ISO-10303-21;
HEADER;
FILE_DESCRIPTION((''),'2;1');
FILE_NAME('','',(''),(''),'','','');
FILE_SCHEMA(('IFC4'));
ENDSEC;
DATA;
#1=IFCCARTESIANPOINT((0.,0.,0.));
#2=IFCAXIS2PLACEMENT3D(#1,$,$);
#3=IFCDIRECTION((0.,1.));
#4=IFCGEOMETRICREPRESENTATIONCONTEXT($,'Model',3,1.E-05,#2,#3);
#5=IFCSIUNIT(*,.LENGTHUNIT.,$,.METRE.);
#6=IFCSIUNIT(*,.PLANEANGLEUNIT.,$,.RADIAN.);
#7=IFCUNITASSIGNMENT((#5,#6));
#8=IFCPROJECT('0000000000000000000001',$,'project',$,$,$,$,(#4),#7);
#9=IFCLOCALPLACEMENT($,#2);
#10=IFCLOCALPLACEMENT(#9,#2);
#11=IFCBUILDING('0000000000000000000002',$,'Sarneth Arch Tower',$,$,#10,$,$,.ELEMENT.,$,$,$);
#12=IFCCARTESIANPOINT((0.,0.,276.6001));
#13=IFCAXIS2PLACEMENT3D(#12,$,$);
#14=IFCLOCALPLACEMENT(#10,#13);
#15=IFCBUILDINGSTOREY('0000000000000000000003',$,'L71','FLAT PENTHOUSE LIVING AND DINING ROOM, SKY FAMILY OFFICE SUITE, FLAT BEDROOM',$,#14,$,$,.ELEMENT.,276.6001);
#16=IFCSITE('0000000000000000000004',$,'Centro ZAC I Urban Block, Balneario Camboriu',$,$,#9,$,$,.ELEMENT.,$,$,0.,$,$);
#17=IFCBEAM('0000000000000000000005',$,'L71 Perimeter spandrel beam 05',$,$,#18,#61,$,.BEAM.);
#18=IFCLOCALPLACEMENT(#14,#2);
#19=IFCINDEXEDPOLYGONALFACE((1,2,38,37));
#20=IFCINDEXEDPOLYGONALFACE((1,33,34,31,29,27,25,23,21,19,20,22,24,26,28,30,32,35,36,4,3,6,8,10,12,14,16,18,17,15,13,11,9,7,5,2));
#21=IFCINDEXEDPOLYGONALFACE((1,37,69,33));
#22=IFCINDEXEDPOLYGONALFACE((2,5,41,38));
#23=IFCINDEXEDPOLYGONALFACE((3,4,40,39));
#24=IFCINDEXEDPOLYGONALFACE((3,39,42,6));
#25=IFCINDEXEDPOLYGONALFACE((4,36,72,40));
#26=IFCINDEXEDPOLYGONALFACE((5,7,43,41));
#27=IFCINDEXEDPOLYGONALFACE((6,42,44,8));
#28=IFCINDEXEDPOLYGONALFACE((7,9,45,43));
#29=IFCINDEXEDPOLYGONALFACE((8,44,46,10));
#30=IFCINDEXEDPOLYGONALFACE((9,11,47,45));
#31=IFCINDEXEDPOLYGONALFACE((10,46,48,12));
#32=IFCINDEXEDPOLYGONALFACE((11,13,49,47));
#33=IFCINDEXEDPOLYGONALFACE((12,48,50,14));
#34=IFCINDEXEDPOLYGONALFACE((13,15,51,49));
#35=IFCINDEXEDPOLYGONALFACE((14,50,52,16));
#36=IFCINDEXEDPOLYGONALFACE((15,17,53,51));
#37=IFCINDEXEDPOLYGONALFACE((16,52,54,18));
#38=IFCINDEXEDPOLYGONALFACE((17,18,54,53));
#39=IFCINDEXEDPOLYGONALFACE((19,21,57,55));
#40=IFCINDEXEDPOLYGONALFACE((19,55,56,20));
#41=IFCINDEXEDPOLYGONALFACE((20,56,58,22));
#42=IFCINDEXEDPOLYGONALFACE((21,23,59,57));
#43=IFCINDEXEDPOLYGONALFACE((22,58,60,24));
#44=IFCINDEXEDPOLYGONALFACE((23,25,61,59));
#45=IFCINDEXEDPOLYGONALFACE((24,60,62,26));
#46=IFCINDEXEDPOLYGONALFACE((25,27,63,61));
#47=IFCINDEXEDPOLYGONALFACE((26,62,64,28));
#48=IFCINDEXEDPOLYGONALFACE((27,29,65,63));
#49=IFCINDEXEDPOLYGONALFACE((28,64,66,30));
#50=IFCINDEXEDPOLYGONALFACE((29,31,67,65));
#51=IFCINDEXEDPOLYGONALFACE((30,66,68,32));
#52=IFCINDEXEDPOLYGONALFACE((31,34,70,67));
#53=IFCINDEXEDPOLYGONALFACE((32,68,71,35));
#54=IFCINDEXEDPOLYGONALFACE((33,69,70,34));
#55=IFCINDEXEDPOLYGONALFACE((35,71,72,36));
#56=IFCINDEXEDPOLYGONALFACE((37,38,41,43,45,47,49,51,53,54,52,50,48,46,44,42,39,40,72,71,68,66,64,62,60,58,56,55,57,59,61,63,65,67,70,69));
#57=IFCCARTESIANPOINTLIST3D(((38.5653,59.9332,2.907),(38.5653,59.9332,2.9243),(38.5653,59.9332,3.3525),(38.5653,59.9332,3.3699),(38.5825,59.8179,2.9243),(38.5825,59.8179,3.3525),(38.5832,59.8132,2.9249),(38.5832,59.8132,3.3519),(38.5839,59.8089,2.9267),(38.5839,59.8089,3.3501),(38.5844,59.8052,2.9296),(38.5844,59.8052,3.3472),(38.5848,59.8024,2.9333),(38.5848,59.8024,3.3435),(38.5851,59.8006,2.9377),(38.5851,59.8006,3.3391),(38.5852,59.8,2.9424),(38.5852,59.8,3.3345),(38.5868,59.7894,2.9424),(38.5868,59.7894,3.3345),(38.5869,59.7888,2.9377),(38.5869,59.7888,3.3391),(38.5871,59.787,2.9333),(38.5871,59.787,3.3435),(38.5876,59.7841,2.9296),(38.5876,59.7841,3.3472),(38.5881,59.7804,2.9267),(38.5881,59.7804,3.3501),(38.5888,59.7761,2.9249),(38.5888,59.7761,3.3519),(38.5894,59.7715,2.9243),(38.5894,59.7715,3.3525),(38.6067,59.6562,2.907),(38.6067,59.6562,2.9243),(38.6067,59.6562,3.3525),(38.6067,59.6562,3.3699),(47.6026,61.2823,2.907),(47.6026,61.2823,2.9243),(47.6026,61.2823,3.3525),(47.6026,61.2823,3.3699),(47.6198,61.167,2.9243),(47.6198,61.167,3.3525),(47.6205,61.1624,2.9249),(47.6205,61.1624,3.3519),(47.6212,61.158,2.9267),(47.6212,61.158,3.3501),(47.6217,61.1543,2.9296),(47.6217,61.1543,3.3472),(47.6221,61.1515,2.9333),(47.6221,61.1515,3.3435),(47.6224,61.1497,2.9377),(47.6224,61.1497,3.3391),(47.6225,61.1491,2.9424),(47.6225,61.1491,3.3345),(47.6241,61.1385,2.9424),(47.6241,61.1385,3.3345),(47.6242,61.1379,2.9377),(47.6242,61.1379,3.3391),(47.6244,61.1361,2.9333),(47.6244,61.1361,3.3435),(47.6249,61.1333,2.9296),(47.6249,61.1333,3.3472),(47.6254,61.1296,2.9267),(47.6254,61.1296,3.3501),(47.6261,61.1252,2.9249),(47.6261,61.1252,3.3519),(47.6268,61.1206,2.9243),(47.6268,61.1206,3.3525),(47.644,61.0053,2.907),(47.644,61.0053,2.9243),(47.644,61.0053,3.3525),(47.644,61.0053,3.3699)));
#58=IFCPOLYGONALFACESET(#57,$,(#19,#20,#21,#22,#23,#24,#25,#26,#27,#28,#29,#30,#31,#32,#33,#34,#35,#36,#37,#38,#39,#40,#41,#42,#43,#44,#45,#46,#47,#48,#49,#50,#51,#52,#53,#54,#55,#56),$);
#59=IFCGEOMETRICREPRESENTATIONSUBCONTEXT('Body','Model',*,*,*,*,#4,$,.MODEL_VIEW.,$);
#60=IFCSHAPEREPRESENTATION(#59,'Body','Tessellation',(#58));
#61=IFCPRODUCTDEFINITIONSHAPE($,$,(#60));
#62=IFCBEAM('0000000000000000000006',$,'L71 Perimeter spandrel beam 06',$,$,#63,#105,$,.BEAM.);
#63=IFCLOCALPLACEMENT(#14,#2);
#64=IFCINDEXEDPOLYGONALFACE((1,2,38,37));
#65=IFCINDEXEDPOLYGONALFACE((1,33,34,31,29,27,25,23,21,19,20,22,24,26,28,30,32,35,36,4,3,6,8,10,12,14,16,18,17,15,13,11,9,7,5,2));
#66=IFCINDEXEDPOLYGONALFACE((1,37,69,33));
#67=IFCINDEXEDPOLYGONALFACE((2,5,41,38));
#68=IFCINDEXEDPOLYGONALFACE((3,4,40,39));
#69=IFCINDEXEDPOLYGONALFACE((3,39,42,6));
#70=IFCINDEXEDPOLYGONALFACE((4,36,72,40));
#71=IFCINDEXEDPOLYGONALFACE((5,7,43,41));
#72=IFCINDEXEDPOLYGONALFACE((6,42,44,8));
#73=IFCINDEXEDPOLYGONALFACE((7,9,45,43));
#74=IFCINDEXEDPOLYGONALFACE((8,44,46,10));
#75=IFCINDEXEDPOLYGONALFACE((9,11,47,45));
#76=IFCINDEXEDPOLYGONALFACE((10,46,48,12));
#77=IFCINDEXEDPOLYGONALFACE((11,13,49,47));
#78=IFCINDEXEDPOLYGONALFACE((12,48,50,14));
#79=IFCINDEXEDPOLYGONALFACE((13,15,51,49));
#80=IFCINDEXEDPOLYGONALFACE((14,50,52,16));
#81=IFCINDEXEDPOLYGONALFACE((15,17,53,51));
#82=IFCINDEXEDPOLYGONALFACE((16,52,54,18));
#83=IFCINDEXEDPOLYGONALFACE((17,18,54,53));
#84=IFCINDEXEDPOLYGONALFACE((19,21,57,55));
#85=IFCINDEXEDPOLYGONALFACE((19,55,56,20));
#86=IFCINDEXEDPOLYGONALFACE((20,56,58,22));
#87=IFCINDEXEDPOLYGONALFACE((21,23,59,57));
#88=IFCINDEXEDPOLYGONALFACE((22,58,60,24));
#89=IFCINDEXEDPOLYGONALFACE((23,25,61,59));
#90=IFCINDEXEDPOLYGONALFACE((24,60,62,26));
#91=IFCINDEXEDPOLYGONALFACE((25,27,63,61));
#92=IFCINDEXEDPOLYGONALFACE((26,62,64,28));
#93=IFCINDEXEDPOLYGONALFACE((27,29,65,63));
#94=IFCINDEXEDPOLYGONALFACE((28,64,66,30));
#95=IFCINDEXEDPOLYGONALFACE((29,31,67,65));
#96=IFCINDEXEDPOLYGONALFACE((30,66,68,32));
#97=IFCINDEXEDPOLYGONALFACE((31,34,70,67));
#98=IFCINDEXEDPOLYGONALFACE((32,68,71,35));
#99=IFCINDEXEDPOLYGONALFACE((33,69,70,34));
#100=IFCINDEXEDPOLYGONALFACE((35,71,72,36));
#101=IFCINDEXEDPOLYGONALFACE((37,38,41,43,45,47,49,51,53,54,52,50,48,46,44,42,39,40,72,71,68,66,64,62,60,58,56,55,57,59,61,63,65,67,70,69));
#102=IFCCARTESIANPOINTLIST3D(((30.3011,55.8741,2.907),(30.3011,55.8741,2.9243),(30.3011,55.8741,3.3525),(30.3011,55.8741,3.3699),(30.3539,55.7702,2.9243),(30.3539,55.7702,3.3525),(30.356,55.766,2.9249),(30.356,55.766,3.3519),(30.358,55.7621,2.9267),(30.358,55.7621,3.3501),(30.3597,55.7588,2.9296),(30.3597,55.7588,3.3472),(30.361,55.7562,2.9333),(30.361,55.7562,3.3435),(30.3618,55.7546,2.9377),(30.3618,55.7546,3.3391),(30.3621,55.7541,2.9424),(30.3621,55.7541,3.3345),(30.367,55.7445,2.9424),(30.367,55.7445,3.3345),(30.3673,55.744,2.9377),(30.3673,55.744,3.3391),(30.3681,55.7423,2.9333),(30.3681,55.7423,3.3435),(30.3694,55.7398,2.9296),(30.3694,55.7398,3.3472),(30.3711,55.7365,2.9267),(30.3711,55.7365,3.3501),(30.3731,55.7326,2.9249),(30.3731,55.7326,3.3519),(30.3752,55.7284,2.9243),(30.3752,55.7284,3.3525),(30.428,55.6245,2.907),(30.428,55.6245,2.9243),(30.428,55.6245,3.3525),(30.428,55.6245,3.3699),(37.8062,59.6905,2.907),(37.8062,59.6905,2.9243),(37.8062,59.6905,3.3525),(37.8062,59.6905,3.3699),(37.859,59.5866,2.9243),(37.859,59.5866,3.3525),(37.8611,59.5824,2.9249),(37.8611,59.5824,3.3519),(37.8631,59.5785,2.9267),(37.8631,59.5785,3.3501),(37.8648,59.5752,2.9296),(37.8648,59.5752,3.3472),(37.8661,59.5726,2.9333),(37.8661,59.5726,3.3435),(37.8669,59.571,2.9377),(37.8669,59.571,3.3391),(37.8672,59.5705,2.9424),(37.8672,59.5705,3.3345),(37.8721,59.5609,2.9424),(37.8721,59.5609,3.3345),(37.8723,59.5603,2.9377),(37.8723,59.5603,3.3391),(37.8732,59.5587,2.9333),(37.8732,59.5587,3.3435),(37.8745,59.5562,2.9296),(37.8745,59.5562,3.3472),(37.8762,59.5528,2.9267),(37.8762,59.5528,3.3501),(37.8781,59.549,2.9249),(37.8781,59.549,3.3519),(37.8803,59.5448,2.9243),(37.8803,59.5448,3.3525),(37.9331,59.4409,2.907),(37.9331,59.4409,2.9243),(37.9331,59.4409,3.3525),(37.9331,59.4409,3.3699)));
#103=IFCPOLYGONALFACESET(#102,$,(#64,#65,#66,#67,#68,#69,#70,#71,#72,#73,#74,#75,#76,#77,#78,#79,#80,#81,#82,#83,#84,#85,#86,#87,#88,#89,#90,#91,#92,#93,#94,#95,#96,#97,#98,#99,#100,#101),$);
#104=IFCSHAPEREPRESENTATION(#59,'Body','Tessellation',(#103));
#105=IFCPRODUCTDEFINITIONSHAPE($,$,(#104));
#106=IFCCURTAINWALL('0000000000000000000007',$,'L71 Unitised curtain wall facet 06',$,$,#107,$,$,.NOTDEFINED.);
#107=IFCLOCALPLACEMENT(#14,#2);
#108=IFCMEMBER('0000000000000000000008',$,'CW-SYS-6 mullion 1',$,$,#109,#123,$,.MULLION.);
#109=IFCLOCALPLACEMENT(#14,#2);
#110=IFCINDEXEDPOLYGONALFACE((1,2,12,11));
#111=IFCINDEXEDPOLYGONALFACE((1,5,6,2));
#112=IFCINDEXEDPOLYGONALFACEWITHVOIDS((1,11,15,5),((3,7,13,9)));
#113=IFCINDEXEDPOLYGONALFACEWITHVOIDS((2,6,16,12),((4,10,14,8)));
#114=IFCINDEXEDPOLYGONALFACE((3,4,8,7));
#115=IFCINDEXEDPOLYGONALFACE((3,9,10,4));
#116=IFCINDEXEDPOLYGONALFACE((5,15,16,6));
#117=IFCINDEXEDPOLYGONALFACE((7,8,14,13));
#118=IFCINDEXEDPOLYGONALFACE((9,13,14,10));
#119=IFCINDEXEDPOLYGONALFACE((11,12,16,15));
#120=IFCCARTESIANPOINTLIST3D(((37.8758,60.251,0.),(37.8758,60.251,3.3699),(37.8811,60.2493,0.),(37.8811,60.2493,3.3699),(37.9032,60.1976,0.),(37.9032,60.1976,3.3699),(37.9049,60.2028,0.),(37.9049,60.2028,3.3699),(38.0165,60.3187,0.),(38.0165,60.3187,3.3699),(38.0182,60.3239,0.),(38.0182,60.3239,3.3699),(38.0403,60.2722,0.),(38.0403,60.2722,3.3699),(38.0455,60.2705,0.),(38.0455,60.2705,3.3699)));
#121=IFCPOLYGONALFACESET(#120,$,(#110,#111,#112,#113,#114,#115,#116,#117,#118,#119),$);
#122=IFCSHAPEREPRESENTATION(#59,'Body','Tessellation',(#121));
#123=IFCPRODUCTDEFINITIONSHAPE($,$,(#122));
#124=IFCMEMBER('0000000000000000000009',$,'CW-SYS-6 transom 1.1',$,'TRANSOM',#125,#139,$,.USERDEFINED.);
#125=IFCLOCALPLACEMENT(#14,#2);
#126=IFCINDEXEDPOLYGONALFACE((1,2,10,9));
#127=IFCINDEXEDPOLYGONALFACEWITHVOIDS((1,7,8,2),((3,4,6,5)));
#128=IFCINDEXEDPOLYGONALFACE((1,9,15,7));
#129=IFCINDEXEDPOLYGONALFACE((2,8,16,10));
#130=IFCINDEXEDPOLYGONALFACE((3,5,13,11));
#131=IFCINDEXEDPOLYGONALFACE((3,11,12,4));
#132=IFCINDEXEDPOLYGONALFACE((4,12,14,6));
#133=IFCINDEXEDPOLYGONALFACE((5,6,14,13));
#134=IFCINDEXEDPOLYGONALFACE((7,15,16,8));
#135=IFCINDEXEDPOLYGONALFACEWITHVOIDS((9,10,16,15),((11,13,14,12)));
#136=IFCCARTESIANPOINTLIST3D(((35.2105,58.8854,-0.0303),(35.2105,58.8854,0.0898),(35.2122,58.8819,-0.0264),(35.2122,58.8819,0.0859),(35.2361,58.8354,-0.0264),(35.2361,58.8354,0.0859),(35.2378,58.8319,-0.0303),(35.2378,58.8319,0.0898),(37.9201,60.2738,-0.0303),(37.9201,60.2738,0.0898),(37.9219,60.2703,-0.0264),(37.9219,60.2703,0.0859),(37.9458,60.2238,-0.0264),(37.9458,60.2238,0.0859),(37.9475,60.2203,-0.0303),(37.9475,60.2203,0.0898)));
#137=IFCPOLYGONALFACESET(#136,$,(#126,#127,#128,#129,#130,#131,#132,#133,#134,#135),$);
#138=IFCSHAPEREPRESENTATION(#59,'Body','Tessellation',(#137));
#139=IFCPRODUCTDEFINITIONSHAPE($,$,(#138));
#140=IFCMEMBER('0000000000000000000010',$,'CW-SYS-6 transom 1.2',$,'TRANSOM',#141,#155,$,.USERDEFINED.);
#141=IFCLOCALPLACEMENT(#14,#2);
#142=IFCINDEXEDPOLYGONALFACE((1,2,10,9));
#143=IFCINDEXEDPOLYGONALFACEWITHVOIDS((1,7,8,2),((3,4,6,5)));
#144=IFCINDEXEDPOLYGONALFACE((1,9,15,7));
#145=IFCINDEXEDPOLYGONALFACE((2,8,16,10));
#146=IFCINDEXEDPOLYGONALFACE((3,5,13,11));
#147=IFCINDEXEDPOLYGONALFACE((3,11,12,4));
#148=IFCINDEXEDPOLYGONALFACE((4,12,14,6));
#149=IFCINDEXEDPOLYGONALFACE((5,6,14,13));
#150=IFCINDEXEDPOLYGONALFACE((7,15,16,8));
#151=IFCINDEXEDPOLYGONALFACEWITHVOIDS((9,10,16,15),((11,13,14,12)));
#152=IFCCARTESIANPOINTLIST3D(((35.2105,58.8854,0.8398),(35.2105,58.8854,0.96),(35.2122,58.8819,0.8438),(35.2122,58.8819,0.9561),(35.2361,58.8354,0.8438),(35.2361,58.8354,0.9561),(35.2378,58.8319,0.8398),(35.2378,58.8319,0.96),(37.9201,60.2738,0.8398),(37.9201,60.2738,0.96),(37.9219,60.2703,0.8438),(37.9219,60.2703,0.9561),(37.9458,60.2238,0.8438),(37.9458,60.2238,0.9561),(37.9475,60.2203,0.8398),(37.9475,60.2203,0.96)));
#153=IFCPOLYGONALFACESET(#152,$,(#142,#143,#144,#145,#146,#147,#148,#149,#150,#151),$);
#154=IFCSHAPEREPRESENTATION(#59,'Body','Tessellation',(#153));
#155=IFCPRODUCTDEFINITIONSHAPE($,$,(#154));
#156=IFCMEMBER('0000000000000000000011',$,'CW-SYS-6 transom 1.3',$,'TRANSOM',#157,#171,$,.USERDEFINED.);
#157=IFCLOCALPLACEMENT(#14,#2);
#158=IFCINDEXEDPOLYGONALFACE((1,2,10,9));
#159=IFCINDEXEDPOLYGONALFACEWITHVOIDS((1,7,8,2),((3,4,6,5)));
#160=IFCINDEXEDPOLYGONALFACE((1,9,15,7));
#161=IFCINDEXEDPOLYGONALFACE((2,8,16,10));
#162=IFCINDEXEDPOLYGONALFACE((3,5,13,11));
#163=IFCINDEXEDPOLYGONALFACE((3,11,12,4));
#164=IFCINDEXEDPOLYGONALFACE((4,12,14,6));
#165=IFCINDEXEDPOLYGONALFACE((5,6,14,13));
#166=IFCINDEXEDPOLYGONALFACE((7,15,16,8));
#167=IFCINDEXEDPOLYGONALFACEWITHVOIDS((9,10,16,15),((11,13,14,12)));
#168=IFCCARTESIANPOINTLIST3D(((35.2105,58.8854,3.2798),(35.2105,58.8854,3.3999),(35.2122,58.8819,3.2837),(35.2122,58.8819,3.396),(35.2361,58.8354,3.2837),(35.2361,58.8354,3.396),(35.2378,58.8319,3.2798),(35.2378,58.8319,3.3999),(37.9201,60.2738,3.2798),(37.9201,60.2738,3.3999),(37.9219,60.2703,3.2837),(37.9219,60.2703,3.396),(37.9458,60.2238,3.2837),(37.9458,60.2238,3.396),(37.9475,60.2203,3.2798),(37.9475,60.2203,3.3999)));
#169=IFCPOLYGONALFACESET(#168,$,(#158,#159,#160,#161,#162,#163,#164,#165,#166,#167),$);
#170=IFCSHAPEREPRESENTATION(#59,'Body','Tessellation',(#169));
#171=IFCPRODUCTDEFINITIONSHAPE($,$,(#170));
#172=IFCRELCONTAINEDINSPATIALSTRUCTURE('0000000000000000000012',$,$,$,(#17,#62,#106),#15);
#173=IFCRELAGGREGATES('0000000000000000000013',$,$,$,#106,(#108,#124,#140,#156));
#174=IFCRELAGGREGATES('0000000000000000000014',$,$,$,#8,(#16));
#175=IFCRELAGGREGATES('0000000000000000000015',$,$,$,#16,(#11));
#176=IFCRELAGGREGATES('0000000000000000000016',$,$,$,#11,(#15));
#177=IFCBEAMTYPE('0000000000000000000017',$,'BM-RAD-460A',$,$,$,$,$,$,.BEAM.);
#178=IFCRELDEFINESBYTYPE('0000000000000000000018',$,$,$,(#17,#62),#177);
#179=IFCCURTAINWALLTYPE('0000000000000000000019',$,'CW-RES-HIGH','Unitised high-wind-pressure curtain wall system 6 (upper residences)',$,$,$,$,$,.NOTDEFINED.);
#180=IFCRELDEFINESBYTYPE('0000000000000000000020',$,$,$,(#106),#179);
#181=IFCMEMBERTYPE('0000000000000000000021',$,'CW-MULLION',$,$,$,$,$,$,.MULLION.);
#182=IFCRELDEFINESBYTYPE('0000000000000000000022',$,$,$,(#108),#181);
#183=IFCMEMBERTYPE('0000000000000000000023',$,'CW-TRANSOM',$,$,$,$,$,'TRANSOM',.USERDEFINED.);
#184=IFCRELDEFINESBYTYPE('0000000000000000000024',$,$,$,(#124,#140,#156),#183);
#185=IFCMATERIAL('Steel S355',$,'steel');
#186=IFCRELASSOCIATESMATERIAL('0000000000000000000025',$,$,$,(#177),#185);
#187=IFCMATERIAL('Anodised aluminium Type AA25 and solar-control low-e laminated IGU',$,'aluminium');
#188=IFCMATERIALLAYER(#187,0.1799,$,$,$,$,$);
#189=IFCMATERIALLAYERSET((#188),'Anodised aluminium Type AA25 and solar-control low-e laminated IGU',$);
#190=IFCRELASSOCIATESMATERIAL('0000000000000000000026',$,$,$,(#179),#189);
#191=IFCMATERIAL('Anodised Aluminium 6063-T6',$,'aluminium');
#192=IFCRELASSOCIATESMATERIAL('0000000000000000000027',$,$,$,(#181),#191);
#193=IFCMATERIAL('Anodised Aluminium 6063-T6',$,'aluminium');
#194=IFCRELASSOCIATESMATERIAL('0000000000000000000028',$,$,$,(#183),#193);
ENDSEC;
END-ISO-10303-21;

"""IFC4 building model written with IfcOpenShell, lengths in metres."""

from ifc_helpers import new_model, si_unit, direction, frame, origin, origin_2d, place, context, subcontext, project, spatial, hollow_rectangle, i_section, extrude, material, layer, layer_set, material_profile, profile_set, type_object, element, aggregate, save


model = new_model("IFC4")

# Units and contexts
model_context = context("Model", 3, precision=1e-05, world=origin(), true_north=direction((0.0, 1.0)))
body_context = subcontext(model_context, "Body", "Model", "MODEL_VIEW")
ifc_project = project(units=[si_unit("LENGTHUNIT", "METRE"), si_unit("PLANEANGLEUNIT", "RADIAN")], contexts=[model_context])

# Site, building, storey
site_placement = place(None, origin())
site = spatial("IfcSite", under=ifc_project, at=site_placement, Name="Centro ZAC I Urban Block, Balneario Camboriu", CompositionType="ELEMENT", RefElevation=0.0)
building_placement = place(site_placement, origin())
building = spatial("IfcBuilding", under=site, at=building_placement, Name="Sarneth Arch Tower", CompositionType="ELEMENT")
storey_placement = place(building_placement, frame((0.0, 0.0, 276.6001)))
storey = spatial("IfcBuildingStorey", under=building, at=storey_placement, Name="L71", Description="FLAT PENTHOUSE LIVING AND DINING ROOM, SKY FAMILY OFFICE SUITE, FLAT BEDROOM", CompositionType="ELEMENT", Elevation=276.6001)

# Beams
ifc_material_1 = material(Name="Steel S355", Category="steel")
ifc_material_profile_1 = material_profile(ifc_material_1, i_section(OverallWidth=0.28, OverallDepth=0.4629, WebThickness=0.0107, FlangeThickness=0.0173, FilletRadius=0.0181, at=origin_2d()), Name="W460x113")
ifc_profile_set_1 = profile_set([ifc_material_profile_1], Name="Steel S355")
beam_type_1 = type_object("IfcBeamType", Name="BM-RAD-460A", PredefinedType="BEAM", material=ifc_profile_set_1)
beam_1_placement = place(storey_placement, frame((47.6233, 61.1438, 3.1384), z_axis=(-0.98904, -0.147647, 0.0), x_axis=(0.147647, -0.98904, 0.0)))
element("IfcBeam", 1, at=beam_1_placement, inside=storey, type_object=beam_type_1, Name="L71 Perimeter spandrel beam 05", PredefinedType="BEAM", context=body_context, shape_type="SweptSolid", body=[
    extrude(i_section(OverallWidth=0.28, OverallDepth=0.4629, WebThickness=0.0107, FlangeThickness=0.0173, FilletRadius=0.0181, at=origin_2d()), origin(), (0.0, 0.0, 1.0), 9.1375),
])
beam_2_placement = place(storey_placement, frame((37.8696, 59.5657, 3.1384), z_axis=(-0.891374, -0.453269, 0.0), x_axis=(0.453269, -0.891374, 0.0)))
element("IfcBeam", 2, at=beam_2_placement, inside=storey, type_object=beam_type_1, Name="L71 Perimeter spandrel beam 06", PredefinedType="BEAM", context=body_context, shape_type="SweptSolid", body=[
    extrude(i_section(OverallWidth=0.28, OverallDepth=0.4629, WebThickness=0.0107, FlangeThickness=0.0173, FilletRadius=0.0181, at=origin_2d()), origin(), (0.0, 0.0, 1.0), 8.4197),
])

# Curtain wall, members
ifc_material_2 = material(Name="Anodised aluminium Type AA25 and solar-control low-e laminated IGU", Category="aluminium")
ifc_layer_1 = layer(ifc_material_2, 0.1799)
ifc_layer_set_1 = layer_set([ifc_layer_1], Name="Anodised aluminium Type AA25 and solar-control low-e laminated IGU")
curtain_wall_type = type_object("IfcCurtainWallType", Name="CW-RES-HIGH", Description="Unitised high-wind-pressure curtain wall system 6 (upper residences)", PredefinedType="NOTDEFINED", material=ifc_layer_set_1)
curtain_wall_placement = place(storey_placement, origin())
curtain_wall = element("IfcCurtainWall", 3, at=curtain_wall_placement, inside=storey, type_object=curtain_wall_type, Name="L71 Unitised curtain wall facet 06", PredefinedType="NOTDEFINED")
ifc_material_3 = material(Name="Anodised Aluminium 6063-T6", Category="aluminium")
ifc_material_profile_2 = material_profile(ifc_material_3, hollow_rectangle(XDim=0.0601, YDim=0.1599, WallThickness=0.0039, at=origin_2d()), Name="AL-MULL-160x60x4")
ifc_profile_set_2 = profile_set([ifc_material_profile_2], Name="Anodised Aluminium 6063-T6")
member_type_1 = type_object("IfcMemberType", Name="CW-MULLION", PredefinedType="MULLION", material=ifc_profile_set_2)
member_1_placement = place(storey_placement, frame((37.9607, 60.2607, 0.0), z_axis=(0.0, 0.0, 1.0), x_axis=(0.455942, -0.89001, 0.0)))
member_1 = element("IfcMember", 4, at=member_1_placement, type_object=member_type_1, Name="CW-SYS-6 mullion 1", PredefinedType="MULLION", context=body_context, shape_type="SweptSolid", body=[
    extrude(hollow_rectangle(XDim=0.0601, YDim=0.1599, WallThickness=0.0039, at=origin_2d()), origin(), (0.0, 0.0, 1.0), 3.3699),
])
ifc_material_4 = material(Name="Anodised Aluminium 6063-T6", Category="aluminium")
ifc_material_profile_3 = material_profile(ifc_material_4, hollow_rectangle(XDim=0.0601, YDim=0.1201, WallThickness=0.0039, at=origin_2d()), Name="AL-TRAN-120x60x4")
ifc_profile_set_3 = profile_set([ifc_material_profile_3], Name="Anodised Aluminium 6063-T6")
member_type_2 = type_object("IfcMemberType", Name="CW-TRANSOM", ElementType="TRANSOM", PredefinedType="USERDEFINED", material=ifc_profile_set_3)
member_2_placement = place(storey_placement, frame((37.9338, 60.2471, 0.0298), z_axis=(-0.889974, -0.456012, 0.0), x_axis=(0.456012, -0.889974, 0.0)))
member_2 = element("IfcMember", 5, at=member_2_placement, type_object=member_type_2, Name="CW-SYS-6 transom 1.1", ObjectType="TRANSOM", PredefinedType="USERDEFINED", context=body_context, shape_type="SweptSolid", body=[
    extrude(hollow_rectangle(XDim=0.0601, YDim=0.1201, WallThickness=0.0039, at=origin_2d()), origin(), (0.0, 0.0, 1.0), 3.0447),
])
member_3_placement = place(storey_placement, frame((37.9338, 60.2471, 0.8999), z_axis=(-0.889974, -0.456012, 0.0), x_axis=(0.456012, -0.889974, 0.0)))
member_3 = element("IfcMember", 6, at=member_3_placement, type_object=member_type_2, Name="CW-SYS-6 transom 1.2", ObjectType="TRANSOM", PredefinedType="USERDEFINED", context=body_context, shape_type="SweptSolid", body=[
    extrude(hollow_rectangle(XDim=0.0601, YDim=0.1201, WallThickness=0.0039, at=origin_2d()), origin(), (0.0, 0.0, 1.0), 3.0447),
])
member_4_placement = place(storey_placement, frame((37.9338, 60.2471, 3.3398), z_axis=(-0.889974, -0.456012, 0.0), x_axis=(0.456012, -0.889974, 0.0)))
member_4 = element("IfcMember", 7, at=member_4_placement, type_object=member_type_2, Name="CW-SYS-6 transom 1.3", ObjectType="TRANSOM", PredefinedType="USERDEFINED", context=body_context, shape_type="SweptSolid", body=[
    extrude(hollow_rectangle(XDim=0.0601, YDim=0.1201, WallThickness=0.0039, at=origin_2d()), origin(), (0.0, 0.0, 1.0), 3.0447),
])

aggregate(curtain_wall, [member_1, member_2, member_3, member_4])

save(model, "model.ifc")
